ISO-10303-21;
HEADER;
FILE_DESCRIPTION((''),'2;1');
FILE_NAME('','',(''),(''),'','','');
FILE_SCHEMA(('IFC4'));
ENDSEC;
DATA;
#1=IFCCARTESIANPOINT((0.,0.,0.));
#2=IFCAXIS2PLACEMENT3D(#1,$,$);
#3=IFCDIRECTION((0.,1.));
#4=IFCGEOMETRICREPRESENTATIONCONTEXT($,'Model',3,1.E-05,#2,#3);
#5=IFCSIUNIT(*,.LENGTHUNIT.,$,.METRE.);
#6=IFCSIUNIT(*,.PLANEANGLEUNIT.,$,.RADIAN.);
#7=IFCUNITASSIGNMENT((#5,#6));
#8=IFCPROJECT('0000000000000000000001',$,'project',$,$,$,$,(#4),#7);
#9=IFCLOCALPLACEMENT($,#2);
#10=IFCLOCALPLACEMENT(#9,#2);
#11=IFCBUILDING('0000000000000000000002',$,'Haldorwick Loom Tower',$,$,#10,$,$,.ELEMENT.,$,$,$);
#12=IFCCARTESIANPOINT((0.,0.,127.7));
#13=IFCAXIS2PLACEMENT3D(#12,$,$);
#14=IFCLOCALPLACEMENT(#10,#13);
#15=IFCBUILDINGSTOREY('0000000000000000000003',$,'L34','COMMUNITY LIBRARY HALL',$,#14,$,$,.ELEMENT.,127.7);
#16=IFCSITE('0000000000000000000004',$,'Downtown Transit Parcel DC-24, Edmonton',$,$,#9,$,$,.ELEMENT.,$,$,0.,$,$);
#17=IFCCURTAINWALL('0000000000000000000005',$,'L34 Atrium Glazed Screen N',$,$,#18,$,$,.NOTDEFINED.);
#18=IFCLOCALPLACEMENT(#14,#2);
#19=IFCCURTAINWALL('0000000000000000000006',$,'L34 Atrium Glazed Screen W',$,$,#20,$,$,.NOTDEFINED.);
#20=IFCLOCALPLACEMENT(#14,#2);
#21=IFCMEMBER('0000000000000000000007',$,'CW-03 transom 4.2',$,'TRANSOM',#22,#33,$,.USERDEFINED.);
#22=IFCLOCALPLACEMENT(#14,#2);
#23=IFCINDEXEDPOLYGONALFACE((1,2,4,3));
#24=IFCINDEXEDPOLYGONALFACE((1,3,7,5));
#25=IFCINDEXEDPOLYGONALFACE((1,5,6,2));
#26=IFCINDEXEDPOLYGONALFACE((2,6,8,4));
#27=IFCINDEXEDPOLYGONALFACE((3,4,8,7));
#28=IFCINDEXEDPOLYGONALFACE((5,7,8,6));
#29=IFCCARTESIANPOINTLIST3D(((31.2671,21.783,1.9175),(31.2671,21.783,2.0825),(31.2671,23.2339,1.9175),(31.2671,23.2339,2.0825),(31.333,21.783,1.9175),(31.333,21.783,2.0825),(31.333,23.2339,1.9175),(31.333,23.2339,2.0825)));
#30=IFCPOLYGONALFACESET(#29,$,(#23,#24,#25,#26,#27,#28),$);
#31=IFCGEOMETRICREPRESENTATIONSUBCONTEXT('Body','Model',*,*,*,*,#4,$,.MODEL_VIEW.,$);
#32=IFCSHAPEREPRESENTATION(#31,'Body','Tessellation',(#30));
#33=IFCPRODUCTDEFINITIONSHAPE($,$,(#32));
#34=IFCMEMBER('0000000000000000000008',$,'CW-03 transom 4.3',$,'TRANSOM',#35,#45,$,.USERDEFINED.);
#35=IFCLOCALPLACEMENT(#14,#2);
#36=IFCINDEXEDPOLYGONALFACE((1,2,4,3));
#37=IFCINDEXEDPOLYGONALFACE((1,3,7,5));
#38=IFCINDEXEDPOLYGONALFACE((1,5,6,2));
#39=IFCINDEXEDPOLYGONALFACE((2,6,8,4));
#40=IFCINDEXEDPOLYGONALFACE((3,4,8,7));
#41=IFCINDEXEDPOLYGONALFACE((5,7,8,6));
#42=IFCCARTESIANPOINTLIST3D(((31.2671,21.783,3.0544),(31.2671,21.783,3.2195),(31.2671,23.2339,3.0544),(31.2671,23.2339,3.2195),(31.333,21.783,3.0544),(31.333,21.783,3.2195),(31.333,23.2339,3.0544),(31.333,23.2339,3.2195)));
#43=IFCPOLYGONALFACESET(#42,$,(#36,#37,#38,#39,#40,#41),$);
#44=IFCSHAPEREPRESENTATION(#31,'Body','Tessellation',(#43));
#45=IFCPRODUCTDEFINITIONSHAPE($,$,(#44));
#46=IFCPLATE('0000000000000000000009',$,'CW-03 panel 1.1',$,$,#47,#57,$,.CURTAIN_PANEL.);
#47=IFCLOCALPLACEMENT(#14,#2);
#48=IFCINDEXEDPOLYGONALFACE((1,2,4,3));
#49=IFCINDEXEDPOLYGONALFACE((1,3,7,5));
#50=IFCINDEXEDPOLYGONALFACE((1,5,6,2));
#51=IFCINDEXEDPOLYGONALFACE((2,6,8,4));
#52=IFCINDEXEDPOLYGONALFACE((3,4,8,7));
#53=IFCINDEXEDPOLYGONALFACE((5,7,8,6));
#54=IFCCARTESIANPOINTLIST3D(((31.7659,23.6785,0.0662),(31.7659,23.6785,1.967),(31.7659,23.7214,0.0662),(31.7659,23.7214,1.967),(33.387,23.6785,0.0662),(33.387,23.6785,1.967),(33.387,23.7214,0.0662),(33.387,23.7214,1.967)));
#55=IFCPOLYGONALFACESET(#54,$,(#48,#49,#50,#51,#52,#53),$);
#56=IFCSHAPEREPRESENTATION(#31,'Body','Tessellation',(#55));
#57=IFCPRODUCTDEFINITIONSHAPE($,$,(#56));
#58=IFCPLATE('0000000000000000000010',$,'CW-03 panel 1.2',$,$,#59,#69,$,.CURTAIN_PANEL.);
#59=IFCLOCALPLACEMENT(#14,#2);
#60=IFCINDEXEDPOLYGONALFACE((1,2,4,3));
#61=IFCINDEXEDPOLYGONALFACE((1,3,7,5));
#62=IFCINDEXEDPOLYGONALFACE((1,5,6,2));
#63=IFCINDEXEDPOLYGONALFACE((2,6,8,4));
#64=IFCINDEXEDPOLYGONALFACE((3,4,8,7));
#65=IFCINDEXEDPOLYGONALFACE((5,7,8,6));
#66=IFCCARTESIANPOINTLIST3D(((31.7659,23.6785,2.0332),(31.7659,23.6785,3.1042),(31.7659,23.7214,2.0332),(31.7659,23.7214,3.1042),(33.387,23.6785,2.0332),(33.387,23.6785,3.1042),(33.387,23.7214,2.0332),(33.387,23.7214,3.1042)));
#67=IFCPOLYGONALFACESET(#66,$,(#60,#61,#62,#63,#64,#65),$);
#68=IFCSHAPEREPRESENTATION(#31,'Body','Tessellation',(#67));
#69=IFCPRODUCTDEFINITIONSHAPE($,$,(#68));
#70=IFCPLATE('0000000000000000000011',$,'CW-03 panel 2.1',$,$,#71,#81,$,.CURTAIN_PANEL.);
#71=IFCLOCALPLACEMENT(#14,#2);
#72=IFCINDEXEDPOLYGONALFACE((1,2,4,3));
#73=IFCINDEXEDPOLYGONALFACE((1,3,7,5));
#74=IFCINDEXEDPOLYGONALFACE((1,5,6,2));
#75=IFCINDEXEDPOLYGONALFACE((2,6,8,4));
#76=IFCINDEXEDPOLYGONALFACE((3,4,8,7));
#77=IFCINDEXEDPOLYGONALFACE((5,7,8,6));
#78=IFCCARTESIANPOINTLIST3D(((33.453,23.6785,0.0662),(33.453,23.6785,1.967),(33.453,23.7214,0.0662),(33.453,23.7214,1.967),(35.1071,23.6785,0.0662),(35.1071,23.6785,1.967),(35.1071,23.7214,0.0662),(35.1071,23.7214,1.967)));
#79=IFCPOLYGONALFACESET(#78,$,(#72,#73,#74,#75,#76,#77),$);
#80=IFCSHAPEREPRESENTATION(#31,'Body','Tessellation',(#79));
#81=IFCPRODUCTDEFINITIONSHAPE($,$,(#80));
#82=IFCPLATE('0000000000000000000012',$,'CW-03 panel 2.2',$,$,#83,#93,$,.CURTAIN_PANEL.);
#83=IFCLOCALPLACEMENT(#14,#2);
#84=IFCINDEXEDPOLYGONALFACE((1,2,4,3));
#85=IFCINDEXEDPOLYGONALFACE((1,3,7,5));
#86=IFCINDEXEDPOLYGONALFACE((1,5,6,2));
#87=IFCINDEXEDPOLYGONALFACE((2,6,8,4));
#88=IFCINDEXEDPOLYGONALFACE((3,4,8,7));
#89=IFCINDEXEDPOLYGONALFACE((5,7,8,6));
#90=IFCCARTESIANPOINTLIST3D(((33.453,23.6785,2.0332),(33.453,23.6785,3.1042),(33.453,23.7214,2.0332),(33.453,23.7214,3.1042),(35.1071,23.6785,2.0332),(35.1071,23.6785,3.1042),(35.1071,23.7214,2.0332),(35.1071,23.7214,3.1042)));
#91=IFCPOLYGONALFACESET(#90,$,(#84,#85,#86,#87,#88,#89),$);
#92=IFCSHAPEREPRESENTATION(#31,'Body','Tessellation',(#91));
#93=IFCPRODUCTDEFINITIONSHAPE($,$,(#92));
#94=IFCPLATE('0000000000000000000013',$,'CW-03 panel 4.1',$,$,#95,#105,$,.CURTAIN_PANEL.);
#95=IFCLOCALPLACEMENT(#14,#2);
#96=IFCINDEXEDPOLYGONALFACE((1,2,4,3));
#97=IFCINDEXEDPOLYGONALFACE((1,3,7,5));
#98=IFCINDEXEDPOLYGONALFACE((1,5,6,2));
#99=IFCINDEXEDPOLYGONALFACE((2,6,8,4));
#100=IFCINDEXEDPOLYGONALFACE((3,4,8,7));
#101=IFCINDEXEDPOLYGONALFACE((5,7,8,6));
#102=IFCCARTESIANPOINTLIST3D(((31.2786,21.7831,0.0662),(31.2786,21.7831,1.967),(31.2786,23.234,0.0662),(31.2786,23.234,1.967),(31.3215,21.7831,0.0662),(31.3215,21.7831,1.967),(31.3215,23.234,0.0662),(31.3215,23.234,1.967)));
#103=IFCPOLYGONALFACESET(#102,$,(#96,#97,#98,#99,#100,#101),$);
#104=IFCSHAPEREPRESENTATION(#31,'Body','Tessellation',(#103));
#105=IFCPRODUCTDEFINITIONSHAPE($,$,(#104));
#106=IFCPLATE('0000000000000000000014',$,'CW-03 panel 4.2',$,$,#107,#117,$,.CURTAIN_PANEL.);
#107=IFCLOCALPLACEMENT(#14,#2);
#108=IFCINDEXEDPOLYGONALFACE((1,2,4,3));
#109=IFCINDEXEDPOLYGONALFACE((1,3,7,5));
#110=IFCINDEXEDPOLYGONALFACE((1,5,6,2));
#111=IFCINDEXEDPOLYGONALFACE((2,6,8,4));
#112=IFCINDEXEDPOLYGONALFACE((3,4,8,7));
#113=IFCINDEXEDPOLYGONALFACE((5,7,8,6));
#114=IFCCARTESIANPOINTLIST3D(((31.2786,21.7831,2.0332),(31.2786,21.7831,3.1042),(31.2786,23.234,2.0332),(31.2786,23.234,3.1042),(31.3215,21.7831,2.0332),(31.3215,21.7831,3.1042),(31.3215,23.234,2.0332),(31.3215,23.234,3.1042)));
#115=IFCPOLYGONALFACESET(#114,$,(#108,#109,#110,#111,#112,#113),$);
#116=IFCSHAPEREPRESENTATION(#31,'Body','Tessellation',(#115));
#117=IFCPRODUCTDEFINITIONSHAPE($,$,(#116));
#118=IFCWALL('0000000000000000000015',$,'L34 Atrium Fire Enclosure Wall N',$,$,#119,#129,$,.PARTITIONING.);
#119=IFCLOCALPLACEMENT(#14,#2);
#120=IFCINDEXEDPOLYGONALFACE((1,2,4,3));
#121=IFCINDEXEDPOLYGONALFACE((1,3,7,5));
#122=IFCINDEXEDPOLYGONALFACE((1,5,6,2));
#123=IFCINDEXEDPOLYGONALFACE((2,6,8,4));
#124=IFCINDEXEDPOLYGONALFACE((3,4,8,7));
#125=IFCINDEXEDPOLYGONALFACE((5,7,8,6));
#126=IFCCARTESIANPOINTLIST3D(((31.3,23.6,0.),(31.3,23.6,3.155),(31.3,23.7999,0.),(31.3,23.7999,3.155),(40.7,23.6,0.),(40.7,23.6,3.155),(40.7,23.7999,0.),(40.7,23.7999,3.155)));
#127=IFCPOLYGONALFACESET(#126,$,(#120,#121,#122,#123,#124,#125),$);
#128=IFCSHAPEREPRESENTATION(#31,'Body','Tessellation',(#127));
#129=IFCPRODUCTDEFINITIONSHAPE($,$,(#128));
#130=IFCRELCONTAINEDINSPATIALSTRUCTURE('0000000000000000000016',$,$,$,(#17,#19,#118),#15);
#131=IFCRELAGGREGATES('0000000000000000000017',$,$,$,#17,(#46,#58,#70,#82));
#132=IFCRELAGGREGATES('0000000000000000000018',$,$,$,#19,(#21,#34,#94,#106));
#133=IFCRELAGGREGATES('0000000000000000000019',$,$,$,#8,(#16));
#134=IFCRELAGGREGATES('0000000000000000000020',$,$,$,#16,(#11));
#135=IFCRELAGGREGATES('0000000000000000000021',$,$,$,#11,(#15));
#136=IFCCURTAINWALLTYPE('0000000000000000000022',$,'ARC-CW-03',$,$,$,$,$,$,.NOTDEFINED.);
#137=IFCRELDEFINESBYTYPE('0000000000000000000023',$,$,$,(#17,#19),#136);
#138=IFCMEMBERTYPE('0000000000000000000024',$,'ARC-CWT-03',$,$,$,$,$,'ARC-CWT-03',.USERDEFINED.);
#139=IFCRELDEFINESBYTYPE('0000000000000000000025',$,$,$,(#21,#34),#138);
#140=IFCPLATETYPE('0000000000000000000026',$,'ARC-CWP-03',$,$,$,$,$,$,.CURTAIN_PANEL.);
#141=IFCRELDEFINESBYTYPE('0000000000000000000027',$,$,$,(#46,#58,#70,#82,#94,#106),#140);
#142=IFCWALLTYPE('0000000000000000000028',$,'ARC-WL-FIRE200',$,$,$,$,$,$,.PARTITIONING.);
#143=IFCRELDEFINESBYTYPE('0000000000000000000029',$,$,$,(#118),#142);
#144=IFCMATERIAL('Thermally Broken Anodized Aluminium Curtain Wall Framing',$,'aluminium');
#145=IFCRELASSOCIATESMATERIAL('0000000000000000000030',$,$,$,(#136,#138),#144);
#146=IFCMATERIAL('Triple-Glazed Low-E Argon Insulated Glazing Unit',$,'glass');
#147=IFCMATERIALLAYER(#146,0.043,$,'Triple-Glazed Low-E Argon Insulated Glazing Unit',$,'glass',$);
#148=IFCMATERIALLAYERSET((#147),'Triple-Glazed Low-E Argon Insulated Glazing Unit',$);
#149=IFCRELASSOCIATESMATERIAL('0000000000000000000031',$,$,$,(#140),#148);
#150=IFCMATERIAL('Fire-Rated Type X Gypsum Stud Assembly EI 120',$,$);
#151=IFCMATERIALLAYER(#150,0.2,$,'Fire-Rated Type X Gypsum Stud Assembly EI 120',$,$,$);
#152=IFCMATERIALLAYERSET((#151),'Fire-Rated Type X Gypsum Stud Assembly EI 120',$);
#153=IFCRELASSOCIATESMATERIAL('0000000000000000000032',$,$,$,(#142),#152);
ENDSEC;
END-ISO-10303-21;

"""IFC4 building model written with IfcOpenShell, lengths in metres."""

from ifc_helpers import new_model, si_unit, direction, frame, frame_2d, origin, origin_2d, place, context, subcontext, project, spatial, rectangle, extrude, material, layer, layer_set, material_profile, profile_set, type_object, element, aggregate, save


model = new_model("IFC4")

# Units and contexts
model_context = context("Model", 3, precision=1e-05, world=origin(), true_north=direction((0.0, 1.0)))
body_context = subcontext(model_context, "Body", "Model", "MODEL_VIEW")
ifc_project = project(units=[si_unit("LENGTHUNIT", "METRE"), si_unit("PLANEANGLEUNIT", "RADIAN")], contexts=[model_context])

# Site, building, storey
site_placement = place(None, origin())
site = spatial("IfcSite", under=ifc_project, at=site_placement, Name="Downtown Transit Parcel DC-24, Edmonton", CompositionType="ELEMENT", RefElevation=0.0)
building_placement = place(site_placement, origin())
building = spatial("IfcBuilding", under=site, at=building_placement, Name="Haldorwick Loom Tower", CompositionType="ELEMENT")
storey_placement = place(building_placement, frame((0.0, 0.0, 127.7)))
storey = spatial("IfcBuildingStorey", under=building, at=storey_placement, Name="L34", Description="COMMUNITY LIBRARY HALL", CompositionType="ELEMENT", Elevation=127.7)

# Curtain walls
ifc_material_1 = material(Name="Thermally Broken Anodized Aluminium Curtain Wall Framing", Category="aluminium")
curtain_wall_type = type_object("IfcCurtainWallType", Name="ARC-CW-03", PredefinedType="NOTDEFINED", material=ifc_material_1)
curtain_wall_1_placement = place(storey_placement, origin())
curtain_wall_1 = element("IfcCurtainWall", 1, at=curtain_wall_1_placement, inside=storey, type_object=curtain_wall_type, Name="L34 Atrium Glazed Screen N", PredefinedType="NOTDEFINED")
curtain_wall_2_placement = place(storey_placement, origin())
curtain_wall_2 = element("IfcCurtainWall", 2, at=curtain_wall_2_placement, inside=storey, type_object=curtain_wall_type, Name="L34 Atrium Glazed Screen W", PredefinedType="NOTDEFINED")

# Members
ifc_material_profile_1 = material_profile(ifc_material_1, rectangle(XDim=0.0659, YDim=0.165, at=origin_2d()), Name="ALU_TRN_66X165", Category="aluminium")
ifc_profile_set_1 = profile_set([ifc_material_profile_1], Name="Thermally Broken Anodized Aluminium Curtain Wall Framing")
member_type_1 = type_object("IfcMemberType", Name="ARC-CWT-03", ElementType="ARC-CWT-03", PredefinedType="USERDEFINED", material=ifc_profile_set_1)
member_1_placement = place(storey_placement, frame((31.3, 21.783, 2.0), z_axis=(0.0, 1.0, 0.0), x_axis=(-1.0, 0.0, 0.0)))
member_1 = element("IfcMember", 3, at=member_1_placement, type_object=member_type_1, Name="CW-03 transom 4.2", ObjectType="TRANSOM", PredefinedType="USERDEFINED", context=body_context, shape_type="SweptSolid", body=[
    extrude(rectangle(XDim=0.0659, YDim=0.165, at=origin_2d()), origin(), (0.0, 0.0, 1.0), 1.4509),
])
member_2_placement = place(storey_placement, frame((31.3, 21.783, 3.137), z_axis=(0.0, 1.0, 0.0), x_axis=(-1.0, 0.0, 0.0)))
member_2 = element("IfcMember", 4, at=member_2_placement, type_object=member_type_1, Name="CW-03 transom 4.3", ObjectType="TRANSOM", PredefinedType="USERDEFINED", context=body_context, shape_type="SweptSolid", body=[
    extrude(rectangle(XDim=0.0659, YDim=0.165, at=origin_2d()), origin(), (0.0, 0.0, 1.0), 1.4509),
])

# Plates
ifc_material_2 = material(Name="Triple-Glazed Low-E Argon Insulated Glazing Unit", Category="glass")
ifc_layer_1 = layer(ifc_material_2, 0.043, Name="Triple-Glazed Low-E Argon Insulated Glazing Unit", Category="glass")
ifc_layer_set_1 = layer_set([ifc_layer_1], Name="Triple-Glazed Low-E Argon Insulated Glazing Unit")
plate_type = type_object("IfcPlateType", Name="ARC-CWP-03", PredefinedType="CURTAIN_PANEL", material=ifc_layer_set_1)
plate_1_placement = place(storey_placement, frame((32.5764, 23.7, 0.0662), z_axis=(0.0, 0.0, 1.0), x_axis=(1.0, 0.0, 0.0)))
plate_1 = element("IfcPlate", 5, at=plate_1_placement, type_object=plate_type, Name="CW-03 panel 1.1", PredefinedType="CURTAIN_PANEL", context=body_context, shape_type="SweptSolid", body=[
    extrude(rectangle(XDim=1.6211, YDim=0.043, at=origin_2d()), origin(), (0.0, 0.0, 1.0), 1.9009),
])
plate_2_placement = place(storey_placement, frame((32.5764, 23.7, 2.0332), z_axis=(0.0, 0.0, 1.0), x_axis=(1.0, 0.0, 0.0)))
plate_2 = element("IfcPlate", 6, at=plate_2_placement, type_object=plate_type, Name="CW-03 panel 1.2", PredefinedType="CURTAIN_PANEL", context=body_context, shape_type="SweptSolid", body=[
    extrude(rectangle(XDim=1.6211, YDim=0.043, at=origin_2d()), origin(), (0.0, 0.0, 1.0), 1.071),
])
plate_3_placement = place(storey_placement, frame((34.28, 23.7, 0.0662), z_axis=(0.0, 0.0, 1.0), x_axis=(1.0, 0.0, 0.0)))
plate_3 = element("IfcPlate", 7, at=plate_3_placement, type_object=plate_type, Name="CW-03 panel 2.1", PredefinedType="CURTAIN_PANEL", context=body_context, shape_type="SweptSolid", body=[
    extrude(rectangle(XDim=1.6541, YDim=0.043, at=origin_2d()), origin(), (0.0, 0.0, 1.0), 1.9009),
])
plate_4_placement = place(storey_placement, frame((34.28, 23.7, 2.0332), z_axis=(0.0, 0.0, 1.0), x_axis=(1.0, 0.0, 0.0)))
plate_4 = element("IfcPlate", 8, at=plate_4_placement, type_object=plate_type, Name="CW-03 panel 2.2", PredefinedType="CURTAIN_PANEL", context=body_context, shape_type="SweptSolid", body=[
    extrude(rectangle(XDim=1.6541, YDim=0.043, at=origin_2d()), origin(), (0.0, 0.0, 1.0), 1.071),
])
aggregate(curtain_wall_1, [plate_1, plate_2, plate_3, plate_4])
plate_5_placement = place(storey_placement, frame((31.3, 22.5085, 0.0662), z_axis=(0.0, 0.0, 1.0), x_axis=(0.0, 1.0, 0.0)))
plate_5 = element("IfcPlate", 9, at=plate_5_placement, type_object=plate_type, Name="CW-03 panel 4.1", PredefinedType="CURTAIN_PANEL", context=body_context, shape_type="SweptSolid", body=[
    extrude(rectangle(XDim=1.4509, YDim=0.043, at=origin_2d()), origin(), (0.0, 0.0, 1.0), 1.9009),
])
plate_6_placement = place(storey_placement, frame((31.3, 22.5085, 2.0332), z_axis=(0.0, 0.0, 1.0), x_axis=(0.0, 1.0, 0.0)))
plate_6 = element("IfcPlate", 10, at=plate_6_placement, type_object=plate_type, Name="CW-03 panel 4.2", PredefinedType="CURTAIN_PANEL", context=body_context, shape_type="SweptSolid", body=[
    extrude(rectangle(XDim=1.4509, YDim=0.043, at=origin_2d()), origin(), (0.0, 0.0, 1.0), 1.071),
])
aggregate(curtain_wall_2, [member_1, member_2, plate_5, plate_6])

# Wall
ifc_material_3 = material(Name="Fire-Rated Type X Gypsum Stud Assembly EI 120")
ifc_layer_2 = layer(ifc_material_3, 0.2, Name="Fire-Rated Type X Gypsum Stud Assembly EI 120")
ifc_layer_set_2 = layer_set([ifc_layer_2], Name="Fire-Rated Type X Gypsum Stud Assembly EI 120")
wall_type = type_object("IfcWallType", Name="ARC-WL-FIRE200", PredefinedType="PARTITIONING", material=ifc_layer_set_2)
wall_placement = place(storey_placement, frame((31.3, 23.7, 0.0), z_axis=(0.0, 0.0, 1.0), x_axis=(1.0, 0.0, 0.0)))
element("IfcWall", 11, at=wall_placement, inside=storey, type_object=wall_type, Name="L34 Atrium Fire Enclosure Wall N", PredefinedType="PARTITIONING", context=body_context, shape_type="SweptSolid", body=[
    extrude(rectangle(XDim=9.3999, YDim=0.2, at=frame_2d((4.7, 0.0))), origin(), (0.0, 0.0, 1.0), 3.155),
])

save(model, "model.ifc")
